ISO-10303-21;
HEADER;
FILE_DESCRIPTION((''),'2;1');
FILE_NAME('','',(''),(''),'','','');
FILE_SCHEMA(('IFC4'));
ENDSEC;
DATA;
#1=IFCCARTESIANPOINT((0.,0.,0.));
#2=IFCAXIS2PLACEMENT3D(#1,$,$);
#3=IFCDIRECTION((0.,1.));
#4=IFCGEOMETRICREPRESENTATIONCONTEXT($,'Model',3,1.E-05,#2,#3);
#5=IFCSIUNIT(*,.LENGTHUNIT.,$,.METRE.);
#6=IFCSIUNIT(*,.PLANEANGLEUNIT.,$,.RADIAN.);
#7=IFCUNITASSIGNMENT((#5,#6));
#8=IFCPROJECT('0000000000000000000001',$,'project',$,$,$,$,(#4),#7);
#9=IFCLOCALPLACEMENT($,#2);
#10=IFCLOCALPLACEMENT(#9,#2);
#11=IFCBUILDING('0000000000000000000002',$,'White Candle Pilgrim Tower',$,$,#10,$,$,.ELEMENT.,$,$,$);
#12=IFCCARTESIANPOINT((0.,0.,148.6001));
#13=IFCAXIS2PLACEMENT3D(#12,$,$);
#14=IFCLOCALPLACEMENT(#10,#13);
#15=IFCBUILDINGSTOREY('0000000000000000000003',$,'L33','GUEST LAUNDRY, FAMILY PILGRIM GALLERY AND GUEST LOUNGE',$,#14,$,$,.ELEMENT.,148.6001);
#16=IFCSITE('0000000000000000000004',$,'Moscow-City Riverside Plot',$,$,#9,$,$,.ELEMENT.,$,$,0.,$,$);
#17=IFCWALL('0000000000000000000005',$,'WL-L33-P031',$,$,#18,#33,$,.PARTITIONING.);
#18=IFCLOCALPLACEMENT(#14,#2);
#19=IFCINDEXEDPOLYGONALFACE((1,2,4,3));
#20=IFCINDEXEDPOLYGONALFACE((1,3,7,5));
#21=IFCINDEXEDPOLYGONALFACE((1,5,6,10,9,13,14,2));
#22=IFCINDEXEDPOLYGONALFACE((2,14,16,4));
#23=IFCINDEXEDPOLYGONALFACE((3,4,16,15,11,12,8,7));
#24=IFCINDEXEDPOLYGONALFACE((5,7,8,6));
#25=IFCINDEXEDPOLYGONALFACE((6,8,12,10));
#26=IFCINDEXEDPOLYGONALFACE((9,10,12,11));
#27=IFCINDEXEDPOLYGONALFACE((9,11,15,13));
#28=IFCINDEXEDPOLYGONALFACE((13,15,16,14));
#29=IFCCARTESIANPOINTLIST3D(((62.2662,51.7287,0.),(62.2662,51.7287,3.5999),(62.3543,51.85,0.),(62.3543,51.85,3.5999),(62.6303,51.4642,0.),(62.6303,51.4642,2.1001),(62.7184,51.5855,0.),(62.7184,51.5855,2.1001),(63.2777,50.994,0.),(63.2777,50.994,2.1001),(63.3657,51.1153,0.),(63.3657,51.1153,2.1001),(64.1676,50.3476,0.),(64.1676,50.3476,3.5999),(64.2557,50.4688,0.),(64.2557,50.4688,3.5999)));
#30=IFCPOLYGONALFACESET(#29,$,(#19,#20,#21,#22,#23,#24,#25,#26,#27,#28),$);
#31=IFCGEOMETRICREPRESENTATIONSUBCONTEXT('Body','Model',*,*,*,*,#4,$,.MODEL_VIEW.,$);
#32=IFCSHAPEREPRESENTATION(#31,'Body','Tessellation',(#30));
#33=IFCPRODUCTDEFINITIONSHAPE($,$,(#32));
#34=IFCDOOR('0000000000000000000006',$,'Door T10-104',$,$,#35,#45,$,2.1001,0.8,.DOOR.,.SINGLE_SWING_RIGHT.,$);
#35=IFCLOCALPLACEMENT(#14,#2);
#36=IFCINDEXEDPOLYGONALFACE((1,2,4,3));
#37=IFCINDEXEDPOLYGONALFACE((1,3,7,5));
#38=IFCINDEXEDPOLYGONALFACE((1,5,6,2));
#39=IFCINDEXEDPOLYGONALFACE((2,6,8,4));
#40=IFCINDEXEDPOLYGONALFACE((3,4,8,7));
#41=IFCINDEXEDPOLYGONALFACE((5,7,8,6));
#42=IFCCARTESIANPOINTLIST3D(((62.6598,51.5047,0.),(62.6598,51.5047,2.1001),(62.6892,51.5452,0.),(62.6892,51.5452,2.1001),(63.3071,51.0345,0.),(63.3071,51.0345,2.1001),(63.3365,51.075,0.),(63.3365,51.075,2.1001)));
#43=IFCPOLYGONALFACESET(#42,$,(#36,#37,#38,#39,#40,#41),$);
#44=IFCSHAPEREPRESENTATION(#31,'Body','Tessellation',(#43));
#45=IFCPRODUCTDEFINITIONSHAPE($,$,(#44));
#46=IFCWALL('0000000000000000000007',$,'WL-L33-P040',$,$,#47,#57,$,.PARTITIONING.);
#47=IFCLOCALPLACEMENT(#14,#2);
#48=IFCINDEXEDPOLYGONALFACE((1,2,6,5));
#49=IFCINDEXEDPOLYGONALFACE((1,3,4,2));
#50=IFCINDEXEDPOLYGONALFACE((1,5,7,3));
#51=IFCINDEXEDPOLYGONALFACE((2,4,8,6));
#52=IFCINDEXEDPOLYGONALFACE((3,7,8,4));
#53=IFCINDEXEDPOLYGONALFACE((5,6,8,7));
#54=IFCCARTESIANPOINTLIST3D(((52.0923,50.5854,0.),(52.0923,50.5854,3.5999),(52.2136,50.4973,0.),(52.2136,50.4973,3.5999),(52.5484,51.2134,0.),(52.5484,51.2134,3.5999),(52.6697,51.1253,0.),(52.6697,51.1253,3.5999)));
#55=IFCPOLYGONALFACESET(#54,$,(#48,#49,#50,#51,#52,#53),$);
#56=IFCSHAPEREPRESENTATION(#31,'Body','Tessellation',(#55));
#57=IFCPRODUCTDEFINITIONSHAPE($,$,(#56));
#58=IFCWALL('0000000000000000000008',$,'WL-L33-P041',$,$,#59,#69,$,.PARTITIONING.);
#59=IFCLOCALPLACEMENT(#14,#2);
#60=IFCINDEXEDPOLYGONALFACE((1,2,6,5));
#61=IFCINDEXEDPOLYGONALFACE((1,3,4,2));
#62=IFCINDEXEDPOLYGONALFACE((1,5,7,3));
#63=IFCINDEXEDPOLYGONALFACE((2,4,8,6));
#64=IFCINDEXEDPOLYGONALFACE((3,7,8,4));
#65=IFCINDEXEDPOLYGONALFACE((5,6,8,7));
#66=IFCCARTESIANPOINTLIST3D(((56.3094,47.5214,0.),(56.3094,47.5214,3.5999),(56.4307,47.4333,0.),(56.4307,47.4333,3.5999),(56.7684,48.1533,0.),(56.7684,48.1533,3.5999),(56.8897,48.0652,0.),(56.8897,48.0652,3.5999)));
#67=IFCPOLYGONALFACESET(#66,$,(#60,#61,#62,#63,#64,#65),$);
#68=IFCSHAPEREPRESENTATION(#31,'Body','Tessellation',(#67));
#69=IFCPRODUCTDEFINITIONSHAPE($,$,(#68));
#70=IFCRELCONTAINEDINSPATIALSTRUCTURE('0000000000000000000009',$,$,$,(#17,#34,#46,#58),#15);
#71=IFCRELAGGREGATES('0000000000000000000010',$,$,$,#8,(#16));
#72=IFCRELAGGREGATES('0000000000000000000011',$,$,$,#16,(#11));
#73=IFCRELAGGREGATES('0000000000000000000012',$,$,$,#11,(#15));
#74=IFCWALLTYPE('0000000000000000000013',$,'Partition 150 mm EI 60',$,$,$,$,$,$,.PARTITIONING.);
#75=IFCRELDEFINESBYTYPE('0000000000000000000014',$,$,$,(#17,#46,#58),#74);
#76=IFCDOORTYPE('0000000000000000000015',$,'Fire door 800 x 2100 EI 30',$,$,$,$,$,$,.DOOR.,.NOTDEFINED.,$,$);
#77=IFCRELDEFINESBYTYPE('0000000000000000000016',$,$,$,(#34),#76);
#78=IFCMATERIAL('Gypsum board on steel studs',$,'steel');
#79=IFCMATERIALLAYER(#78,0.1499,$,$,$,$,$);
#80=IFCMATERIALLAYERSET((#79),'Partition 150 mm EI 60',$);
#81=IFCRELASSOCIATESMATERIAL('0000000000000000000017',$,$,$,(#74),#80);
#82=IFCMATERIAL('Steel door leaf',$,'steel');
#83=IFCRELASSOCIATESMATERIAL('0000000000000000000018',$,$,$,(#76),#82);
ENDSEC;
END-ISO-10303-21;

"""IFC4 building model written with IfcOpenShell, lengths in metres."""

from ifc_helpers import new_model, si_unit, direction, frame, frame_2d, origin, place, context, subcontext, project, spatial, rectangle, extrude, material, layer, layer_set, type_object, element, fill, save


model = new_model("IFC4")

# Units and contexts
model_context = context("Model", 3, precision=1e-05, world=origin(), true_north=direction((0.0, 1.0)))
body_context = subcontext(model_context, "Body", "Model", "MODEL_VIEW")
ifc_project = project(units=[si_unit("LENGTHUNIT", "METRE"), si_unit("PLANEANGLEUNIT", "RADIAN")], contexts=[model_context])

# Site, building, storey
site_placement = place(None, origin())
site = spatial("IfcSite", under=ifc_project, at=site_placement, Name="Moscow-City Riverside Plot", CompositionType="ELEMENT", RefElevation=0.0)
building_placement = place(site_placement, origin())
building = spatial("IfcBuilding", under=site, at=building_placement, Name="White Candle Pilgrim Tower", CompositionType="ELEMENT")
storey_placement = place(building_placement, frame((0.0, 0.0, 148.6001)))
storey = spatial("IfcBuildingStorey", under=building, at=storey_placement, Name="L33", Description="GUEST LAUNDRY, FAMILY PILGRIM GALLERY AND GUEST LOUNGE", CompositionType="ELEMENT", Elevation=148.6001)

# Shared definitions
ifc_material_1 = material(Name="Gypsum board on steel studs", Category="steel")
ifc_layer_1 = layer(ifc_material_1, 0.1499)
ifc_layer_set_1 = layer_set([ifc_layer_1], Name="Partition 150 mm EI 60")
wall_type_1 = type_object("IfcWallType", Name="Partition 150 mm EI 60", PredefinedType="PARTITIONING", material=ifc_layer_set_1)

# Wall, opening, door
wall_1_placement = place(storey_placement, frame((64.2117, 50.4082, 0.0), z_axis=(0.0, 0.0, 1.0), x_axis=(-0.809082, 0.587696, 0.0)))
wall_1 = element("IfcWall", 1, at=wall_1_placement, inside=storey, type_object=wall_type_1, Name="WL-L33-P031", PredefinedType="PARTITIONING", context=body_context, shape_type="SweptSolid", body=[
    extrude(rectangle(XDim=2.3501, YDim=0.1499, at=frame_2d((1.175, 0.0))), origin(), (0.0, 0.0, 1.0), 3.5999),
])
opening_1_placement = place(wall_1_placement, frame((1.1001, 0.0, 0.0)))
opening_1 = element("IfcOpeningElement", 2, at=opening_1_placement, cuts=wall_1, PredefinedType="OPENING", context=body_context, shape_type="SweptSolid", body=[
    extrude(rectangle(XDim=0.8, YDim=2.1001, at=frame_2d((0.3999, 1.05))), frame((0.0, 0.085, 0.0), z_axis=(0.0, -1.0, 0.0), x_axis=(1.0, 0.0, 0.0)), (0.0, 0.0, 1.0), 0.1699),
])
ifc_material_2 = material(Name="Steel door leaf", Category="steel")
door_type = type_object("IfcDoorType", Name="Fire door 800 x 2100 EI 30", OperationType="NOTDEFINED", PredefinedType="DOOR", material=ifc_material_2)
door_placement = place(opening_1_placement, origin())
door = element("IfcDoor", 3, at=door_placement, inside=storey, type_object=door_type, Name="Door T10-104", OperationType="SINGLE_SWING_RIGHT", OverallHeight=2.1001, OverallWidth=0.8, PredefinedType="DOOR", context=body_context, shape_type="SweptSolid", body=[
    extrude(rectangle(XDim=0.8, YDim=2.1001, at=frame_2d((0.3999, 1.05))), frame((0.0, 0.0249, 0.0), z_axis=(0.0, -1.0, 0.0), x_axis=(1.0, 0.0, 0.0)), (0.0, 0.0, 1.0), 0.05),
])
fill(opening_1, door)

# Walls
wall_2_placement = place(storey_placement, frame((52.6091, 51.1694, 0.0), z_axis=(0.0, 0.0, 1.0), x_axis=(-0.587648, -0.809117, 0.0)))
element("IfcWall", 4, at=wall_2_placement, inside=storey, type_object=wall_type_1, Name="WL-L33-P040", PredefinedType="PARTITIONING", context=body_context, shape_type="SweptSolid", body=[
    extrude(rectangle(XDim=0.7761, YDim=0.1499, at=frame_2d((0.3882, 0.0))), origin(), (0.0, 0.0, 1.0), 3.5999),
])
wall_3_placement = place(storey_placement, frame((56.8291, 48.1094, 0.0), z_axis=(0.0, 0.0, 1.0), x_axis=(-0.587725, -0.80906, 0.0)))
element("IfcWall", 5, at=wall_3_placement, inside=storey, type_object=wall_type_1, Name="WL-L33-P041", PredefinedType="PARTITIONING", context=body_context, shape_type="SweptSolid", body=[
    extrude(rectangle(XDim=0.781, YDim=0.1499, at=frame_2d((0.3906, 0.0))), origin(), (0.0, 0.0, 1.0), 3.5999),
])

save(model, "model.ifc")
